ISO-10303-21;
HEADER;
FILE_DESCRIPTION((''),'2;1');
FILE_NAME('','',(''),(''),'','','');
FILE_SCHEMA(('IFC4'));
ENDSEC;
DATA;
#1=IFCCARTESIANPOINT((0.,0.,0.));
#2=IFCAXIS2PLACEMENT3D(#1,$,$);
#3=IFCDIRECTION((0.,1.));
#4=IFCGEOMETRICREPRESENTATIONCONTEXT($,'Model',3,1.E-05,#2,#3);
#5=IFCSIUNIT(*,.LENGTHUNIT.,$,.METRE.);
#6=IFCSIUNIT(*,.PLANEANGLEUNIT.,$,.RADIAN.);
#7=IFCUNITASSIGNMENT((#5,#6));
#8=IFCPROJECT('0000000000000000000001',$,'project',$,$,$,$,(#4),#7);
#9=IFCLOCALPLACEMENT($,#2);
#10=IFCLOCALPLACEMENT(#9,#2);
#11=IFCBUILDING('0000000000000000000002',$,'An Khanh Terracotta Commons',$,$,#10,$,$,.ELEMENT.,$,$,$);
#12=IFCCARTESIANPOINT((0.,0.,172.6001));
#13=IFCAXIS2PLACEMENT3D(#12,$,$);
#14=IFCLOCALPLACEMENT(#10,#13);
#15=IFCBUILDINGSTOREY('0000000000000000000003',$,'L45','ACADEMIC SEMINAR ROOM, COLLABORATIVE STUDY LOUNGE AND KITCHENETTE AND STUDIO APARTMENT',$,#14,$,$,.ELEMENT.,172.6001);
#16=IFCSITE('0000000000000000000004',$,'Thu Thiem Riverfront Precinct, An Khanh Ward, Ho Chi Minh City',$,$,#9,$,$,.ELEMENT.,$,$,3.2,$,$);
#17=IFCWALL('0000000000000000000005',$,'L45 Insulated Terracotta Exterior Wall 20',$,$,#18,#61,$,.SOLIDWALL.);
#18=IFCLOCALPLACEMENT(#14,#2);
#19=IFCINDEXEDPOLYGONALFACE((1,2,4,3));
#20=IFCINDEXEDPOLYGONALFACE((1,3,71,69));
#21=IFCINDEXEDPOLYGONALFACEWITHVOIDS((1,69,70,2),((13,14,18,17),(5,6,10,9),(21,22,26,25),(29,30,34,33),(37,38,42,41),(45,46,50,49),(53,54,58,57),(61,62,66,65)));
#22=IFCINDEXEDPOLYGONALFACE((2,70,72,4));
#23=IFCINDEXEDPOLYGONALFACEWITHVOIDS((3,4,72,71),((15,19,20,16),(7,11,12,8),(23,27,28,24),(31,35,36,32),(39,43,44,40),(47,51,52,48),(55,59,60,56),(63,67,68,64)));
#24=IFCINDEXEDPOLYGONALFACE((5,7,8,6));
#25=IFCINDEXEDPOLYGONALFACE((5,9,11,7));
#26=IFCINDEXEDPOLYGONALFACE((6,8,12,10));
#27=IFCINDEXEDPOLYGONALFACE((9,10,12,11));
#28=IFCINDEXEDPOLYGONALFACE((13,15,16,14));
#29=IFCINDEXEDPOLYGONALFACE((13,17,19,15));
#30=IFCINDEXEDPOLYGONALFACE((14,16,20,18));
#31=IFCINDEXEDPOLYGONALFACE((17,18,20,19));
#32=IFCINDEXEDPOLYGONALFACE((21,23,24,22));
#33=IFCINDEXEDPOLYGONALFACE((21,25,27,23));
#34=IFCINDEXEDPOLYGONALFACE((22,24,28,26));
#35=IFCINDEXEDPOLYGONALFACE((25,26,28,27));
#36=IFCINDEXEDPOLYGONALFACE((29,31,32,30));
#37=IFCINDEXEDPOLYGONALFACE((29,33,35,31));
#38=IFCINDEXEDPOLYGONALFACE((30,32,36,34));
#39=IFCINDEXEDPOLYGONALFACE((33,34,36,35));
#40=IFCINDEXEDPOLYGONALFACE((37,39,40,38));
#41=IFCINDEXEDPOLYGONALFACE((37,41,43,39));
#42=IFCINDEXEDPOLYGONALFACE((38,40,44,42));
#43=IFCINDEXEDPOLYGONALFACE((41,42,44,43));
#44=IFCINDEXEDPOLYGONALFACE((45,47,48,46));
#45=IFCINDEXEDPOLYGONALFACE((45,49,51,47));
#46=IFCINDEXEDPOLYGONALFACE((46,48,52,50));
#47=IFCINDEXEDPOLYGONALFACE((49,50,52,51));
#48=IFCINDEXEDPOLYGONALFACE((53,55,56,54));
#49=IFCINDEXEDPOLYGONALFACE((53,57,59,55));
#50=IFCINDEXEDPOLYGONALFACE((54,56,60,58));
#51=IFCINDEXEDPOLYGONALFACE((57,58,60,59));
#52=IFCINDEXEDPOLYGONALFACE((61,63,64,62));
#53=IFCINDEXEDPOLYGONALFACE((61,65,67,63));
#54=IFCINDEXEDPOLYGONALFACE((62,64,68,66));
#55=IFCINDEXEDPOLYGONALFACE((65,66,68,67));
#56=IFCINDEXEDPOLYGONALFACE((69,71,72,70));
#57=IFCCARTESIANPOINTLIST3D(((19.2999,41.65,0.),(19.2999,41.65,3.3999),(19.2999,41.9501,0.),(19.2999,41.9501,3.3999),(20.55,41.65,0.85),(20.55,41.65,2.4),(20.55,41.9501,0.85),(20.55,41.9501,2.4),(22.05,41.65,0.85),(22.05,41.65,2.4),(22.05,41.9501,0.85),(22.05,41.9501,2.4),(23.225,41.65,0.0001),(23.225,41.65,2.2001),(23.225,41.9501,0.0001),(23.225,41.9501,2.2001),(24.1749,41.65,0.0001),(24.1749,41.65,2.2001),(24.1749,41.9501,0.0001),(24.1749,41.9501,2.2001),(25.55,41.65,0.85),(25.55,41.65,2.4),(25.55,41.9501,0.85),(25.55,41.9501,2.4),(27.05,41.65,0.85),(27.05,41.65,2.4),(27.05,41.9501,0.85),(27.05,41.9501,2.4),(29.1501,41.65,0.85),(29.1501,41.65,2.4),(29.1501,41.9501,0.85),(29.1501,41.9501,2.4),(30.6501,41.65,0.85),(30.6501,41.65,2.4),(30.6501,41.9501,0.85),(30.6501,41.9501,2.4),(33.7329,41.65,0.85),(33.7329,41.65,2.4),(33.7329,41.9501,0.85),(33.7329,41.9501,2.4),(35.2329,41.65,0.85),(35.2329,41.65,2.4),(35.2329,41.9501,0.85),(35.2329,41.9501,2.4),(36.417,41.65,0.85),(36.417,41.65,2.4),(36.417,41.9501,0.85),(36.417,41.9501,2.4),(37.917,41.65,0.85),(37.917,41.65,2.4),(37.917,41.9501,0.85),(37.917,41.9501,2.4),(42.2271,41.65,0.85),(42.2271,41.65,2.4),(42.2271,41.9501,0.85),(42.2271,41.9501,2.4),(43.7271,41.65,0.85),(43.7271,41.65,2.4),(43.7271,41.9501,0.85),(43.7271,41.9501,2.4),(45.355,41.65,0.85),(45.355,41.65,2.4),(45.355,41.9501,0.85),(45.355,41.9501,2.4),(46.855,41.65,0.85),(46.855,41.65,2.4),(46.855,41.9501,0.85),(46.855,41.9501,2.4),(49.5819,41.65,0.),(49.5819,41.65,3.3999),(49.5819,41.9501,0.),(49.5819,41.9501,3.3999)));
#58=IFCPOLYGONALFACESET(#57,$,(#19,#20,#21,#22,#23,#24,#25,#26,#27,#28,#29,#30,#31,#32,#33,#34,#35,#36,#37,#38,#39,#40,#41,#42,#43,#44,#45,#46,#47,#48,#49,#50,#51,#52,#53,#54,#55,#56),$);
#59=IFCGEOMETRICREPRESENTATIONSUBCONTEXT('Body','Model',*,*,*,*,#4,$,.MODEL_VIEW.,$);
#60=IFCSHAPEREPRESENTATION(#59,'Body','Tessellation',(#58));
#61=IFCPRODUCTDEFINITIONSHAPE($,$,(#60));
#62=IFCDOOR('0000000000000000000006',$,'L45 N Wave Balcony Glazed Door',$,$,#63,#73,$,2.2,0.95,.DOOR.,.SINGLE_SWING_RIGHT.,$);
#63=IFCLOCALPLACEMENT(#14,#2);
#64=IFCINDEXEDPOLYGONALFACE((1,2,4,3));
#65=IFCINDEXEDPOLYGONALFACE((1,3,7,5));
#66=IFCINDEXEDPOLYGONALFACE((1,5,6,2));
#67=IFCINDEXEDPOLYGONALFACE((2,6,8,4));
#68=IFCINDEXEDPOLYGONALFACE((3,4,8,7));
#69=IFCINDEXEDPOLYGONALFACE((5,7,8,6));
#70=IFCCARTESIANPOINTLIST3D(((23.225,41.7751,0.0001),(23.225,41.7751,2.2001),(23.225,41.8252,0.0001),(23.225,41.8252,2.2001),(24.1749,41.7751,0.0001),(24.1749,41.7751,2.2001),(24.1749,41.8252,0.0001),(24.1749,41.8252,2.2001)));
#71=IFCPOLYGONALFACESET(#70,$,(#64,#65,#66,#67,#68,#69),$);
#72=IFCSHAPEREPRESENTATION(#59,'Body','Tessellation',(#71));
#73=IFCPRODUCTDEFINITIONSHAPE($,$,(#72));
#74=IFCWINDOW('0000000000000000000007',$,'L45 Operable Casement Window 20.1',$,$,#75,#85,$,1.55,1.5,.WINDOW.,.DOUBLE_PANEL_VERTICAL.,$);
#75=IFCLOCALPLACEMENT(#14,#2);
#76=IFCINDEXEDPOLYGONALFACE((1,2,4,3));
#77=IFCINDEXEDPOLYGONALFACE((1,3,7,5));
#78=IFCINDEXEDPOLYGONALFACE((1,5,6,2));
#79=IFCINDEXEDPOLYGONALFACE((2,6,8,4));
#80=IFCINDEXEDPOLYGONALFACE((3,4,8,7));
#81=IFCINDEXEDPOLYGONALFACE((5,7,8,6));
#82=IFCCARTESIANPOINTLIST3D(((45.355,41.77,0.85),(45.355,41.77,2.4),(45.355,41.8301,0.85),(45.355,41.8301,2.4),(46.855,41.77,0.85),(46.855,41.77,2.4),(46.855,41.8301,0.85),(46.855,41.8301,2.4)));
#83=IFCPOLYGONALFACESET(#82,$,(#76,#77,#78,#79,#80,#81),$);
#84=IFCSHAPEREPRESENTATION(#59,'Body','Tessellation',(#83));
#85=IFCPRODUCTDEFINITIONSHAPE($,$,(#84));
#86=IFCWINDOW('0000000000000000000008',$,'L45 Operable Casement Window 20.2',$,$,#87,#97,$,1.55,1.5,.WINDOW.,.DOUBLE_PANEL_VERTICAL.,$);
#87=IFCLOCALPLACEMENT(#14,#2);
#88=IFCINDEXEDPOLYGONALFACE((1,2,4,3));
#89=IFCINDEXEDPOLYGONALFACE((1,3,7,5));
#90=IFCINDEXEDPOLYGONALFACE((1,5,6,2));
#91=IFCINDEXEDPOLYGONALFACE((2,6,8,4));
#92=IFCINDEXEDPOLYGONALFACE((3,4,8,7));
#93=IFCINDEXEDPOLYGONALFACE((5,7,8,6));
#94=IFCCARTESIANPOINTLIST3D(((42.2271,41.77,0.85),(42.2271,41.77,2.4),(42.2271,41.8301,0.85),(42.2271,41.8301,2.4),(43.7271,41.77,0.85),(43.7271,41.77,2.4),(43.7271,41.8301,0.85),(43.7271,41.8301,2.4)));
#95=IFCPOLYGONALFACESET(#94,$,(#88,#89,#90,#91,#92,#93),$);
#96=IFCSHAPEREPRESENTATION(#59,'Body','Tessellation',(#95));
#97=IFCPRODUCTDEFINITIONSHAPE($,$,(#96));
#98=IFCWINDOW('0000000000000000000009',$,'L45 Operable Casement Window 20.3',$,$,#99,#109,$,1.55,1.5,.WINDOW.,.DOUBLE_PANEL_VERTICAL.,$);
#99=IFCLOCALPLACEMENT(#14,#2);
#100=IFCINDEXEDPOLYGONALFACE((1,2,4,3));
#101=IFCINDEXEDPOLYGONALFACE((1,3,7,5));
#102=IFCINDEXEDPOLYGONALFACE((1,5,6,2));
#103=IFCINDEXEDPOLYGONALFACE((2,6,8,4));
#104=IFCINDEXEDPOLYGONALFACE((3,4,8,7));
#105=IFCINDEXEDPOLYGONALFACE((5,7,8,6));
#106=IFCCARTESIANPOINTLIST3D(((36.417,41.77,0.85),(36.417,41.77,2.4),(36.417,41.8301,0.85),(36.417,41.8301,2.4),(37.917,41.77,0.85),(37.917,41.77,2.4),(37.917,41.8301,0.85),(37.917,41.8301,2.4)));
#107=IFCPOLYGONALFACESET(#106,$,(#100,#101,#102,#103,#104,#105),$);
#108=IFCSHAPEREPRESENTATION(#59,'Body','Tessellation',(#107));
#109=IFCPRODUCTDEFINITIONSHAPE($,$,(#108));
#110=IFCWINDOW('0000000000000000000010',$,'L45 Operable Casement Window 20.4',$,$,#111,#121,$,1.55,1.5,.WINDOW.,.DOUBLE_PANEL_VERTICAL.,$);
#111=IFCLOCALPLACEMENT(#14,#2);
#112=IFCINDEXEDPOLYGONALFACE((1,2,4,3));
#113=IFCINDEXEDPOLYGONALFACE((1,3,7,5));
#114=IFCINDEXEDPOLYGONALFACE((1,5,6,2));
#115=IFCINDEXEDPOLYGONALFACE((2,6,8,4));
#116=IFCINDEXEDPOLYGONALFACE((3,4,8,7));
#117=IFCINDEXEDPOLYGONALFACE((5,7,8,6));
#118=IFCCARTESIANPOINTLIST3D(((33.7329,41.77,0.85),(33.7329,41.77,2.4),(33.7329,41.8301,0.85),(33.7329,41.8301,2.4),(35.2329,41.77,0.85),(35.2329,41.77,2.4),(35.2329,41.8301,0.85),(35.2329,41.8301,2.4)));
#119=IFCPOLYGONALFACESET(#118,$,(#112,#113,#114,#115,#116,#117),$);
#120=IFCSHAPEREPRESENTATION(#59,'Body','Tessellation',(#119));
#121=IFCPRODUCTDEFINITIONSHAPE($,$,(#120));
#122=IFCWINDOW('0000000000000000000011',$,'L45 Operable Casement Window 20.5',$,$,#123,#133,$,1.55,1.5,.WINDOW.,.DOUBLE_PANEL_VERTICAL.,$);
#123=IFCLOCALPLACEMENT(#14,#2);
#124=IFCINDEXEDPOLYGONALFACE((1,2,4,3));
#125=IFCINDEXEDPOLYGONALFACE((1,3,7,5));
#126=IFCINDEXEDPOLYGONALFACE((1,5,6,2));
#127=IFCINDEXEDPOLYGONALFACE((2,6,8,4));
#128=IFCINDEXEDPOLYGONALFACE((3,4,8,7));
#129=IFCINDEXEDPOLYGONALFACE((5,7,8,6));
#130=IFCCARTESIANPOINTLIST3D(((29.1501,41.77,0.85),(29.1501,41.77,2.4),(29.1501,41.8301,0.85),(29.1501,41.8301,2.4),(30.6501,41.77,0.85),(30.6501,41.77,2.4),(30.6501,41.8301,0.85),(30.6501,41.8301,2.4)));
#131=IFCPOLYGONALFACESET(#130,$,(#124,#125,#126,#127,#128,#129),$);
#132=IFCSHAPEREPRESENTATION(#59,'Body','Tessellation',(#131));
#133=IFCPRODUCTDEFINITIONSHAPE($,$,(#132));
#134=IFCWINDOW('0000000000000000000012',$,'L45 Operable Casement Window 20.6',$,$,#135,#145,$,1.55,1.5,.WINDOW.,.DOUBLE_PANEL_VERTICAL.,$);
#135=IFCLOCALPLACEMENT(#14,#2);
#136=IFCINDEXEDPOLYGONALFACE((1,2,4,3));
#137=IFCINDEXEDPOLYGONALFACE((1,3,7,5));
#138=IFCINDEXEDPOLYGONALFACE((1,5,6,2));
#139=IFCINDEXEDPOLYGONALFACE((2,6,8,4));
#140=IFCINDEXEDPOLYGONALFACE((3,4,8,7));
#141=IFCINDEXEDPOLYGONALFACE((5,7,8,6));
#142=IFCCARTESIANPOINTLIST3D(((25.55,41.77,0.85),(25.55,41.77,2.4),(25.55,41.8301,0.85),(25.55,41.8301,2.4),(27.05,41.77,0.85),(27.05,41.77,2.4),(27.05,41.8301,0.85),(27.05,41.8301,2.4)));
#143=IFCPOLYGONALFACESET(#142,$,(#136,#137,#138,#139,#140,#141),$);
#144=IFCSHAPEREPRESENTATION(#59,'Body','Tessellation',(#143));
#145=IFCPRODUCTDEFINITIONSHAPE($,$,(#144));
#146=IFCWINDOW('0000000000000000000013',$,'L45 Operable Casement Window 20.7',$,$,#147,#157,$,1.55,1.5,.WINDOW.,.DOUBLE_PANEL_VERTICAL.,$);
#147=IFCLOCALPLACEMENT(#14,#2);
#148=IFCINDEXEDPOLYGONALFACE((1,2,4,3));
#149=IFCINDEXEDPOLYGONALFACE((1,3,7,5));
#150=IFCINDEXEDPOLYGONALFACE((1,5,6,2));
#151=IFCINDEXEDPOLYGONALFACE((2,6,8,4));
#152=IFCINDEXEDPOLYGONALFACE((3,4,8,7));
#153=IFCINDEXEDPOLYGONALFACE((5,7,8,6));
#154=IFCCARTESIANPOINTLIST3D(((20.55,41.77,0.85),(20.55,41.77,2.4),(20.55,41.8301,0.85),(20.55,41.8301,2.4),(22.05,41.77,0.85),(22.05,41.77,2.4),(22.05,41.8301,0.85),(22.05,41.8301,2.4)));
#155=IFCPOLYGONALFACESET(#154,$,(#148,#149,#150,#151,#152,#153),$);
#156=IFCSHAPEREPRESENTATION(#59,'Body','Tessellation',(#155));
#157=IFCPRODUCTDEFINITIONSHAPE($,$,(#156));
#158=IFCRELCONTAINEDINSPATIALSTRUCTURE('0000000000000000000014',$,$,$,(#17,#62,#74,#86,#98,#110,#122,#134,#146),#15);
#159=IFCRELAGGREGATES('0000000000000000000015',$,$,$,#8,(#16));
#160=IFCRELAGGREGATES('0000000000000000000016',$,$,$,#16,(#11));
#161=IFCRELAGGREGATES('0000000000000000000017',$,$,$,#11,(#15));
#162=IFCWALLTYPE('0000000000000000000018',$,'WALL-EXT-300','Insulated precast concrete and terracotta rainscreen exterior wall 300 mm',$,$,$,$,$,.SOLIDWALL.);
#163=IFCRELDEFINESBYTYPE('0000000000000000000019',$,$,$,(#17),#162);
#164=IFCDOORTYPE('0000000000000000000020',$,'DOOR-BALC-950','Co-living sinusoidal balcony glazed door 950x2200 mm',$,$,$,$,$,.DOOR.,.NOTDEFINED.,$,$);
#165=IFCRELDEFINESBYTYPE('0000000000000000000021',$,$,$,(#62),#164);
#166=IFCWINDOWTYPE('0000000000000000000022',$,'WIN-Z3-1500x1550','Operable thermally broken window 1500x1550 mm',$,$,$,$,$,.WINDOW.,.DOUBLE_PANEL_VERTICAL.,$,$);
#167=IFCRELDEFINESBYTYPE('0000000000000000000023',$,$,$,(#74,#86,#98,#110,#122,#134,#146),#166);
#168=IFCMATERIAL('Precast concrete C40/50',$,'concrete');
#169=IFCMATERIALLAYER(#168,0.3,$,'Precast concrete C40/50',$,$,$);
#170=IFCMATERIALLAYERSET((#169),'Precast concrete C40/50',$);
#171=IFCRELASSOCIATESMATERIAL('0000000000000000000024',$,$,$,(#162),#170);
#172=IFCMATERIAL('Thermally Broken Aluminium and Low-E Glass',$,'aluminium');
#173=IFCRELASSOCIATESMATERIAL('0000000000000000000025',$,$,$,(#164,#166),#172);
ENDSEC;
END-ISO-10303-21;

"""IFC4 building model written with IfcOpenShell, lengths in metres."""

from ifc_helpers import new_model, si_unit, direction, frame, frame_2d, origin, place, context, subcontext, project, spatial, rectangle, extrude, material, layer, layer_set, type_object, element, fill, save


model = new_model("IFC4")

# Units and contexts
model_context = context("Model", 3, precision=1e-05, world=origin(), true_north=direction((0.0, 1.0)))
body_context = subcontext(model_context, "Body", "Model", "MODEL_VIEW")
ifc_project = project(units=[si_unit("LENGTHUNIT", "METRE"), si_unit("PLANEANGLEUNIT", "RADIAN")], contexts=[model_context])

# Site, building, storey
site_placement = place(None, origin())
site = spatial("IfcSite", under=ifc_project, at=site_placement, Name="Thu Thiem Riverfront Precinct, An Khanh Ward, Ho Chi Minh City", CompositionType="ELEMENT", RefElevation=3.2)
building_placement = place(site_placement, origin())
building = spatial("IfcBuilding", under=site, at=building_placement, Name="An Khanh Terracotta Commons", CompositionType="ELEMENT")
storey_placement = place(building_placement, frame((0.0, 0.0, 172.6001)))
storey = spatial("IfcBuildingStorey", under=building, at=storey_placement, Name="L45", Description="ACADEMIC SEMINAR ROOM, COLLABORATIVE STUDY LOUNGE AND KITCHENETTE AND STUDIO APARTMENT", CompositionType="ELEMENT", Elevation=172.6001)

# Shared definitions
ifc_material_1 = material(Name="Precast concrete C40/50", Category="concrete")
ifc_layer_1 = layer(ifc_material_1, 0.3, Name="Precast concrete C40/50")
ifc_layer_set_1 = layer_set([ifc_layer_1], Name="Precast concrete C40/50")
wall_type_1 = type_object("IfcWallType", Name="WALL-EXT-300", Description="Insulated precast concrete and terracotta rainscreen exterior wall 300 mm", PredefinedType="SOLIDWALL", material=ifc_layer_set_1)

# Wall, openings, door, windows
wall_1_placement = place(storey_placement, frame((49.582, 41.8, 0.0), z_axis=(0.0, 0.0, 1.0), x_axis=(-1.0, 0.0, 0.0)))
wall_1 = element("IfcWall", 1, at=wall_1_placement, inside=storey, type_object=wall_type_1, Name="L45 Insulated Terracotta Exterior Wall 20", PredefinedType="SOLIDWALL", context=body_context, shape_type="SweptSolid", body=[
    extrude(rectangle(XDim=30.282, YDim=0.3, at=frame_2d((15.1411, 0.0))), origin(), (0.0, 0.0, 1.0), 3.3999),
])
opening_1_placement = place(wall_1_placement, frame((25.407, 0.0, 0.0)))
opening_1 = element("IfcOpeningElement", 2, at=opening_1_placement, cuts=wall_1, PredefinedType="OPENING", context=body_context, shape_type="SweptSolid", body=[
    extrude(rectangle(XDim=0.95, YDim=2.2, at=frame_2d((0.4751, 1.1001))), frame((0.0, 0.1599, 0.0), z_axis=(0.0, -1.0, 0.0), x_axis=(1.0, 0.0, 0.0)), (0.0, 0.0, 1.0), 0.3201),
])
opening_2_placement = place(wall_1_placement, frame((2.7271, 0.0, 0.8501)))
opening_2 = element("IfcOpeningElement", 3, at=opening_2_placement, cuts=wall_1, PredefinedType="OPENING", context=body_context, shape_type="SweptSolid", body=[
    extrude(rectangle(XDim=1.5, YDim=1.55, at=frame_2d((0.75, 0.7749))), frame((0.0, 0.1599, 0.0), z_axis=(0.0, -1.0, 0.0), x_axis=(1.0, 0.0, 0.0)), (0.0, 0.0, 1.0), 0.3201),
])
opening_3_placement = place(wall_1_placement, frame((5.855, 0.0, 0.8501)))
opening_3 = element("IfcOpeningElement", 4, at=opening_3_placement, cuts=wall_1, PredefinedType="OPENING", context=body_context, shape_type="SweptSolid", body=[
    extrude(rectangle(XDim=1.5, YDim=1.55, at=frame_2d((0.75, 0.7749))), frame((0.0, 0.1599, 0.0), z_axis=(0.0, -1.0, 0.0), x_axis=(1.0, 0.0, 0.0)), (0.0, 0.0, 1.0), 0.3201),
])
opening_4_placement = place(wall_1_placement, frame((11.665, 0.0, 0.8501)))
opening_4 = element("IfcOpeningElement", 5, at=opening_4_placement, cuts=wall_1, PredefinedType="OPENING", context=body_context, shape_type="SweptSolid", body=[
    extrude(rectangle(XDim=1.5, YDim=1.55, at=frame_2d((0.75, 0.7749))), frame((0.0, 0.1599, 0.0), z_axis=(0.0, -1.0, 0.0), x_axis=(1.0, 0.0, 0.0)), (0.0, 0.0, 1.0), 0.3201),
])
opening_5_placement = place(wall_1_placement, frame((14.3491, 0.0, 0.8501)))
opening_5 = element("IfcOpeningElement", 6, at=opening_5_placement, cuts=wall_1, PredefinedType="OPENING", context=body_context, shape_type="SweptSolid", body=[
    extrude(rectangle(XDim=1.5, YDim=1.55, at=frame_2d((0.75, 0.7749))), frame((0.0, 0.1599, 0.0), z_axis=(0.0, -1.0, 0.0), x_axis=(1.0, 0.0, 0.0)), (0.0, 0.0, 1.0), 0.3201),
])
opening_6_placement = place(wall_1_placement, frame((18.9319, 0.0, 0.8501)))
opening_6 = element("IfcOpeningElement", 7, at=opening_6_placement, cuts=wall_1, PredefinedType="OPENING", context=body_context, shape_type="SweptSolid", body=[
    extrude(rectangle(XDim=1.5, YDim=1.55, at=frame_2d((0.75, 0.7749))), frame((0.0, 0.1599, 0.0), z_axis=(0.0, -1.0, 0.0), x_axis=(1.0, 0.0, 0.0)), (0.0, 0.0, 1.0), 0.3201),
])
opening_7_placement = place(wall_1_placement, frame((22.532, 0.0, 0.8501)))
opening_7 = element("IfcOpeningElement", 8, at=opening_7_placement, cuts=wall_1, PredefinedType="OPENING", context=body_context, shape_type="SweptSolid", body=[
    extrude(rectangle(XDim=1.5, YDim=1.55, at=frame_2d((0.75, 0.7749))), frame((0.0, 0.1599, 0.0), z_axis=(0.0, -1.0, 0.0), x_axis=(1.0, 0.0, 0.0)), (0.0, 0.0, 1.0), 0.3201),
])
opening_8_placement = place(wall_1_placement, frame((27.532, 0.0, 0.8501)))
opening_8 = element("IfcOpeningElement", 9, at=opening_8_placement, cuts=wall_1, PredefinedType="OPENING", context=body_context, shape_type="SweptSolid", body=[
    extrude(rectangle(XDim=1.5, YDim=1.55, at=frame_2d((0.75, 0.7749))), frame((0.0, 0.1599, 0.0), z_axis=(0.0, -1.0, 0.0), x_axis=(1.0, 0.0, 0.0)), (0.0, 0.0, 1.0), 0.3201),
])
ifc_material_2 = material(Name="Thermally Broken Aluminium and Low-E Glass", Category="aluminium")
door_type = type_object("IfcDoorType", Name="DOOR-BALC-950", Description="Co-living sinusoidal balcony glazed door 950x2200 mm", OperationType="NOTDEFINED", PredefinedType="DOOR", material=ifc_material_2)
door_placement = place(opening_1_placement, origin())
door = element("IfcDoor", 10, at=door_placement, inside=storey, type_object=door_type, Name="L45 N Wave Balcony Glazed Door", OperationType="SINGLE_SWING_RIGHT", OverallHeight=2.2, OverallWidth=0.95, PredefinedType="DOOR", context=body_context, shape_type="SweptSolid", body=[
    extrude(rectangle(XDim=0.95, YDim=2.2, at=frame_2d((0.4751, 1.1001))), frame((0.0, 0.0249, 0.0), z_axis=(0.0, -1.0, 0.0), x_axis=(1.0, 0.0, 0.0)), (0.0, 0.0, 1.0), 0.05),
])
fill(opening_1, door)
window_type = type_object("IfcWindowType", Name="WIN-Z3-1500x1550", Description="Operable thermally broken window 1500x1550 mm", PartitioningType="DOUBLE_PANEL_VERTICAL", PredefinedType="WINDOW", material=ifc_material_2)
window_1_placement = place(opening_2_placement, origin())
window_1 = element("IfcWindow", 11, at=window_1_placement, inside=storey, type_object=window_type, Name="L45 Operable Casement Window 20.1", OverallHeight=1.55, OverallWidth=1.5, PartitioningType="DOUBLE_PANEL_VERTICAL", PredefinedType="WINDOW", context=body_context, shape_type="SweptSolid", body=[
    extrude(rectangle(XDim=1.5, YDim=1.55, at=frame_2d((0.75, 0.7749))), frame((0.0, 0.03, 0.0), z_axis=(0.0, -1.0, 0.0), x_axis=(1.0, 0.0, 0.0)), (0.0, 0.0, 1.0), 0.0601),
])
fill(opening_2, window_1)
window_2_placement = place(opening_3_placement, origin())
window_2 = element("IfcWindow", 12, at=window_2_placement, inside=storey, type_object=window_type, Name="L45 Operable Casement Window 20.2", OverallHeight=1.55, OverallWidth=1.5, PartitioningType="DOUBLE_PANEL_VERTICAL", PredefinedType="WINDOW", context=body_context, shape_type="SweptSolid", body=[
    extrude(rectangle(XDim=1.5, YDim=1.55, at=frame_2d((0.75, 0.7749))), frame((0.0, 0.03, 0.0), z_axis=(0.0, -1.0, 0.0), x_axis=(1.0, 0.0, 0.0)), (0.0, 0.0, 1.0), 0.0601),
])
fill(opening_3, window_2)
window_3_placement = place(opening_4_placement, origin())
window_3 = element("IfcWindow", 13, at=window_3_placement, inside=storey, type_object=window_type, Name="L45 Operable Casement Window 20.3", OverallHeight=1.55, OverallWidth=1.5, PartitioningType="DOUBLE_PANEL_VERTICAL", PredefinedType="WINDOW", context=body_context, shape_type="SweptSolid", body=[
    extrude(rectangle(XDim=1.5, YDim=1.55, at=frame_2d((0.75, 0.7749))), frame((0.0, 0.03, 0.0), z_axis=(0.0, -1.0, 0.0), x_axis=(1.0, 0.0, 0.0)), (0.0, 0.0, 1.0), 0.0601),
])
fill(opening_4, window_3)
window_4_placement = place(opening_5_placement, origin())
window_4 = element("IfcWindow", 14, at=window_4_placement, inside=storey, type_object=window_type, Name="L45 Operable Casement Window 20.4", OverallHeight=1.55, OverallWidth=1.5, PartitioningType="DOUBLE_PANEL_VERTICAL", PredefinedType="WINDOW", context=body_context, shape_type="SweptSolid", body=[
    extrude(rectangle(XDim=1.5, YDim=1.55, at=frame_2d((0.75, 0.7749))), frame((0.0, 0.03, 0.0), z_axis=(0.0, -1.0, 0.0), x_axis=(1.0, 0.0, 0.0)), (0.0, 0.0, 1.0), 0.0601),
])
fill(opening_5, window_4)
window_5_placement = place(opening_6_placement, origin())
window_5 = element("IfcWindow", 15, at=window_5_placement, inside=storey, type_object=window_type, Name="L45 Operable Casement Window 20.5", OverallHeight=1.55, OverallWidth=1.5, PartitioningType="DOUBLE_PANEL_VERTICAL", PredefinedType="WINDOW", context=body_context, shape_type="SweptSolid", body=[
    extrude(rectangle(XDim=1.5, YDim=1.55, at=frame_2d((0.75, 0.7749))), frame((0.0, 0.03, 0.0), z_axis=(0.0, -1.0, 0.0), x_axis=(1.0, 0.0, 0.0)), (0.0, 0.0, 1.0), 0.0601),
])
fill(opening_6, window_5)
window_6_placement = place(opening_7_placement, origin())
window_6 = element("IfcWindow", 16, at=window_6_placement, inside=storey, type_object=window_type, Name="L45 Operable Casement Window 20.6", OverallHeight=1.55, OverallWidth=1.5, PartitioningType="DOUBLE_PANEL_VERTICAL", PredefinedType="WINDOW", context=body_context, shape_type="SweptSolid", body=[
    extrude(rectangle(XDim=1.5, YDim=1.55, at=frame_2d((0.75, 0.7749))), frame((0.0, 0.03, 0.0), z_axis=(0.0, -1.0, 0.0), x_axis=(1.0, 0.0, 0.0)), (0.0, 0.0, 1.0), 0.0601),
])
fill(opening_7, window_6)
window_7_placement = place(opening_8_placement, origin())
window_7 = element("IfcWindow", 17, at=window_7_placement, inside=storey, type_object=window_type, Name="L45 Operable Casement Window 20.7", OverallHeight=1.55, OverallWidth=1.5, PartitioningType="DOUBLE_PANEL_VERTICAL", PredefinedType="WINDOW", context=body_context, shape_type="SweptSolid", body=[
    extrude(rectangle(XDim=1.5, YDim=1.55, at=frame_2d((0.75, 0.7749))), frame((0.0, 0.03, 0.0), z_axis=(0.0, -1.0, 0.0), x_axis=(1.0, 0.0, 0.0)), (0.0, 0.0, 1.0), 0.0601),
])
fill(opening_8, window_7)

save(model, "model.ifc")
